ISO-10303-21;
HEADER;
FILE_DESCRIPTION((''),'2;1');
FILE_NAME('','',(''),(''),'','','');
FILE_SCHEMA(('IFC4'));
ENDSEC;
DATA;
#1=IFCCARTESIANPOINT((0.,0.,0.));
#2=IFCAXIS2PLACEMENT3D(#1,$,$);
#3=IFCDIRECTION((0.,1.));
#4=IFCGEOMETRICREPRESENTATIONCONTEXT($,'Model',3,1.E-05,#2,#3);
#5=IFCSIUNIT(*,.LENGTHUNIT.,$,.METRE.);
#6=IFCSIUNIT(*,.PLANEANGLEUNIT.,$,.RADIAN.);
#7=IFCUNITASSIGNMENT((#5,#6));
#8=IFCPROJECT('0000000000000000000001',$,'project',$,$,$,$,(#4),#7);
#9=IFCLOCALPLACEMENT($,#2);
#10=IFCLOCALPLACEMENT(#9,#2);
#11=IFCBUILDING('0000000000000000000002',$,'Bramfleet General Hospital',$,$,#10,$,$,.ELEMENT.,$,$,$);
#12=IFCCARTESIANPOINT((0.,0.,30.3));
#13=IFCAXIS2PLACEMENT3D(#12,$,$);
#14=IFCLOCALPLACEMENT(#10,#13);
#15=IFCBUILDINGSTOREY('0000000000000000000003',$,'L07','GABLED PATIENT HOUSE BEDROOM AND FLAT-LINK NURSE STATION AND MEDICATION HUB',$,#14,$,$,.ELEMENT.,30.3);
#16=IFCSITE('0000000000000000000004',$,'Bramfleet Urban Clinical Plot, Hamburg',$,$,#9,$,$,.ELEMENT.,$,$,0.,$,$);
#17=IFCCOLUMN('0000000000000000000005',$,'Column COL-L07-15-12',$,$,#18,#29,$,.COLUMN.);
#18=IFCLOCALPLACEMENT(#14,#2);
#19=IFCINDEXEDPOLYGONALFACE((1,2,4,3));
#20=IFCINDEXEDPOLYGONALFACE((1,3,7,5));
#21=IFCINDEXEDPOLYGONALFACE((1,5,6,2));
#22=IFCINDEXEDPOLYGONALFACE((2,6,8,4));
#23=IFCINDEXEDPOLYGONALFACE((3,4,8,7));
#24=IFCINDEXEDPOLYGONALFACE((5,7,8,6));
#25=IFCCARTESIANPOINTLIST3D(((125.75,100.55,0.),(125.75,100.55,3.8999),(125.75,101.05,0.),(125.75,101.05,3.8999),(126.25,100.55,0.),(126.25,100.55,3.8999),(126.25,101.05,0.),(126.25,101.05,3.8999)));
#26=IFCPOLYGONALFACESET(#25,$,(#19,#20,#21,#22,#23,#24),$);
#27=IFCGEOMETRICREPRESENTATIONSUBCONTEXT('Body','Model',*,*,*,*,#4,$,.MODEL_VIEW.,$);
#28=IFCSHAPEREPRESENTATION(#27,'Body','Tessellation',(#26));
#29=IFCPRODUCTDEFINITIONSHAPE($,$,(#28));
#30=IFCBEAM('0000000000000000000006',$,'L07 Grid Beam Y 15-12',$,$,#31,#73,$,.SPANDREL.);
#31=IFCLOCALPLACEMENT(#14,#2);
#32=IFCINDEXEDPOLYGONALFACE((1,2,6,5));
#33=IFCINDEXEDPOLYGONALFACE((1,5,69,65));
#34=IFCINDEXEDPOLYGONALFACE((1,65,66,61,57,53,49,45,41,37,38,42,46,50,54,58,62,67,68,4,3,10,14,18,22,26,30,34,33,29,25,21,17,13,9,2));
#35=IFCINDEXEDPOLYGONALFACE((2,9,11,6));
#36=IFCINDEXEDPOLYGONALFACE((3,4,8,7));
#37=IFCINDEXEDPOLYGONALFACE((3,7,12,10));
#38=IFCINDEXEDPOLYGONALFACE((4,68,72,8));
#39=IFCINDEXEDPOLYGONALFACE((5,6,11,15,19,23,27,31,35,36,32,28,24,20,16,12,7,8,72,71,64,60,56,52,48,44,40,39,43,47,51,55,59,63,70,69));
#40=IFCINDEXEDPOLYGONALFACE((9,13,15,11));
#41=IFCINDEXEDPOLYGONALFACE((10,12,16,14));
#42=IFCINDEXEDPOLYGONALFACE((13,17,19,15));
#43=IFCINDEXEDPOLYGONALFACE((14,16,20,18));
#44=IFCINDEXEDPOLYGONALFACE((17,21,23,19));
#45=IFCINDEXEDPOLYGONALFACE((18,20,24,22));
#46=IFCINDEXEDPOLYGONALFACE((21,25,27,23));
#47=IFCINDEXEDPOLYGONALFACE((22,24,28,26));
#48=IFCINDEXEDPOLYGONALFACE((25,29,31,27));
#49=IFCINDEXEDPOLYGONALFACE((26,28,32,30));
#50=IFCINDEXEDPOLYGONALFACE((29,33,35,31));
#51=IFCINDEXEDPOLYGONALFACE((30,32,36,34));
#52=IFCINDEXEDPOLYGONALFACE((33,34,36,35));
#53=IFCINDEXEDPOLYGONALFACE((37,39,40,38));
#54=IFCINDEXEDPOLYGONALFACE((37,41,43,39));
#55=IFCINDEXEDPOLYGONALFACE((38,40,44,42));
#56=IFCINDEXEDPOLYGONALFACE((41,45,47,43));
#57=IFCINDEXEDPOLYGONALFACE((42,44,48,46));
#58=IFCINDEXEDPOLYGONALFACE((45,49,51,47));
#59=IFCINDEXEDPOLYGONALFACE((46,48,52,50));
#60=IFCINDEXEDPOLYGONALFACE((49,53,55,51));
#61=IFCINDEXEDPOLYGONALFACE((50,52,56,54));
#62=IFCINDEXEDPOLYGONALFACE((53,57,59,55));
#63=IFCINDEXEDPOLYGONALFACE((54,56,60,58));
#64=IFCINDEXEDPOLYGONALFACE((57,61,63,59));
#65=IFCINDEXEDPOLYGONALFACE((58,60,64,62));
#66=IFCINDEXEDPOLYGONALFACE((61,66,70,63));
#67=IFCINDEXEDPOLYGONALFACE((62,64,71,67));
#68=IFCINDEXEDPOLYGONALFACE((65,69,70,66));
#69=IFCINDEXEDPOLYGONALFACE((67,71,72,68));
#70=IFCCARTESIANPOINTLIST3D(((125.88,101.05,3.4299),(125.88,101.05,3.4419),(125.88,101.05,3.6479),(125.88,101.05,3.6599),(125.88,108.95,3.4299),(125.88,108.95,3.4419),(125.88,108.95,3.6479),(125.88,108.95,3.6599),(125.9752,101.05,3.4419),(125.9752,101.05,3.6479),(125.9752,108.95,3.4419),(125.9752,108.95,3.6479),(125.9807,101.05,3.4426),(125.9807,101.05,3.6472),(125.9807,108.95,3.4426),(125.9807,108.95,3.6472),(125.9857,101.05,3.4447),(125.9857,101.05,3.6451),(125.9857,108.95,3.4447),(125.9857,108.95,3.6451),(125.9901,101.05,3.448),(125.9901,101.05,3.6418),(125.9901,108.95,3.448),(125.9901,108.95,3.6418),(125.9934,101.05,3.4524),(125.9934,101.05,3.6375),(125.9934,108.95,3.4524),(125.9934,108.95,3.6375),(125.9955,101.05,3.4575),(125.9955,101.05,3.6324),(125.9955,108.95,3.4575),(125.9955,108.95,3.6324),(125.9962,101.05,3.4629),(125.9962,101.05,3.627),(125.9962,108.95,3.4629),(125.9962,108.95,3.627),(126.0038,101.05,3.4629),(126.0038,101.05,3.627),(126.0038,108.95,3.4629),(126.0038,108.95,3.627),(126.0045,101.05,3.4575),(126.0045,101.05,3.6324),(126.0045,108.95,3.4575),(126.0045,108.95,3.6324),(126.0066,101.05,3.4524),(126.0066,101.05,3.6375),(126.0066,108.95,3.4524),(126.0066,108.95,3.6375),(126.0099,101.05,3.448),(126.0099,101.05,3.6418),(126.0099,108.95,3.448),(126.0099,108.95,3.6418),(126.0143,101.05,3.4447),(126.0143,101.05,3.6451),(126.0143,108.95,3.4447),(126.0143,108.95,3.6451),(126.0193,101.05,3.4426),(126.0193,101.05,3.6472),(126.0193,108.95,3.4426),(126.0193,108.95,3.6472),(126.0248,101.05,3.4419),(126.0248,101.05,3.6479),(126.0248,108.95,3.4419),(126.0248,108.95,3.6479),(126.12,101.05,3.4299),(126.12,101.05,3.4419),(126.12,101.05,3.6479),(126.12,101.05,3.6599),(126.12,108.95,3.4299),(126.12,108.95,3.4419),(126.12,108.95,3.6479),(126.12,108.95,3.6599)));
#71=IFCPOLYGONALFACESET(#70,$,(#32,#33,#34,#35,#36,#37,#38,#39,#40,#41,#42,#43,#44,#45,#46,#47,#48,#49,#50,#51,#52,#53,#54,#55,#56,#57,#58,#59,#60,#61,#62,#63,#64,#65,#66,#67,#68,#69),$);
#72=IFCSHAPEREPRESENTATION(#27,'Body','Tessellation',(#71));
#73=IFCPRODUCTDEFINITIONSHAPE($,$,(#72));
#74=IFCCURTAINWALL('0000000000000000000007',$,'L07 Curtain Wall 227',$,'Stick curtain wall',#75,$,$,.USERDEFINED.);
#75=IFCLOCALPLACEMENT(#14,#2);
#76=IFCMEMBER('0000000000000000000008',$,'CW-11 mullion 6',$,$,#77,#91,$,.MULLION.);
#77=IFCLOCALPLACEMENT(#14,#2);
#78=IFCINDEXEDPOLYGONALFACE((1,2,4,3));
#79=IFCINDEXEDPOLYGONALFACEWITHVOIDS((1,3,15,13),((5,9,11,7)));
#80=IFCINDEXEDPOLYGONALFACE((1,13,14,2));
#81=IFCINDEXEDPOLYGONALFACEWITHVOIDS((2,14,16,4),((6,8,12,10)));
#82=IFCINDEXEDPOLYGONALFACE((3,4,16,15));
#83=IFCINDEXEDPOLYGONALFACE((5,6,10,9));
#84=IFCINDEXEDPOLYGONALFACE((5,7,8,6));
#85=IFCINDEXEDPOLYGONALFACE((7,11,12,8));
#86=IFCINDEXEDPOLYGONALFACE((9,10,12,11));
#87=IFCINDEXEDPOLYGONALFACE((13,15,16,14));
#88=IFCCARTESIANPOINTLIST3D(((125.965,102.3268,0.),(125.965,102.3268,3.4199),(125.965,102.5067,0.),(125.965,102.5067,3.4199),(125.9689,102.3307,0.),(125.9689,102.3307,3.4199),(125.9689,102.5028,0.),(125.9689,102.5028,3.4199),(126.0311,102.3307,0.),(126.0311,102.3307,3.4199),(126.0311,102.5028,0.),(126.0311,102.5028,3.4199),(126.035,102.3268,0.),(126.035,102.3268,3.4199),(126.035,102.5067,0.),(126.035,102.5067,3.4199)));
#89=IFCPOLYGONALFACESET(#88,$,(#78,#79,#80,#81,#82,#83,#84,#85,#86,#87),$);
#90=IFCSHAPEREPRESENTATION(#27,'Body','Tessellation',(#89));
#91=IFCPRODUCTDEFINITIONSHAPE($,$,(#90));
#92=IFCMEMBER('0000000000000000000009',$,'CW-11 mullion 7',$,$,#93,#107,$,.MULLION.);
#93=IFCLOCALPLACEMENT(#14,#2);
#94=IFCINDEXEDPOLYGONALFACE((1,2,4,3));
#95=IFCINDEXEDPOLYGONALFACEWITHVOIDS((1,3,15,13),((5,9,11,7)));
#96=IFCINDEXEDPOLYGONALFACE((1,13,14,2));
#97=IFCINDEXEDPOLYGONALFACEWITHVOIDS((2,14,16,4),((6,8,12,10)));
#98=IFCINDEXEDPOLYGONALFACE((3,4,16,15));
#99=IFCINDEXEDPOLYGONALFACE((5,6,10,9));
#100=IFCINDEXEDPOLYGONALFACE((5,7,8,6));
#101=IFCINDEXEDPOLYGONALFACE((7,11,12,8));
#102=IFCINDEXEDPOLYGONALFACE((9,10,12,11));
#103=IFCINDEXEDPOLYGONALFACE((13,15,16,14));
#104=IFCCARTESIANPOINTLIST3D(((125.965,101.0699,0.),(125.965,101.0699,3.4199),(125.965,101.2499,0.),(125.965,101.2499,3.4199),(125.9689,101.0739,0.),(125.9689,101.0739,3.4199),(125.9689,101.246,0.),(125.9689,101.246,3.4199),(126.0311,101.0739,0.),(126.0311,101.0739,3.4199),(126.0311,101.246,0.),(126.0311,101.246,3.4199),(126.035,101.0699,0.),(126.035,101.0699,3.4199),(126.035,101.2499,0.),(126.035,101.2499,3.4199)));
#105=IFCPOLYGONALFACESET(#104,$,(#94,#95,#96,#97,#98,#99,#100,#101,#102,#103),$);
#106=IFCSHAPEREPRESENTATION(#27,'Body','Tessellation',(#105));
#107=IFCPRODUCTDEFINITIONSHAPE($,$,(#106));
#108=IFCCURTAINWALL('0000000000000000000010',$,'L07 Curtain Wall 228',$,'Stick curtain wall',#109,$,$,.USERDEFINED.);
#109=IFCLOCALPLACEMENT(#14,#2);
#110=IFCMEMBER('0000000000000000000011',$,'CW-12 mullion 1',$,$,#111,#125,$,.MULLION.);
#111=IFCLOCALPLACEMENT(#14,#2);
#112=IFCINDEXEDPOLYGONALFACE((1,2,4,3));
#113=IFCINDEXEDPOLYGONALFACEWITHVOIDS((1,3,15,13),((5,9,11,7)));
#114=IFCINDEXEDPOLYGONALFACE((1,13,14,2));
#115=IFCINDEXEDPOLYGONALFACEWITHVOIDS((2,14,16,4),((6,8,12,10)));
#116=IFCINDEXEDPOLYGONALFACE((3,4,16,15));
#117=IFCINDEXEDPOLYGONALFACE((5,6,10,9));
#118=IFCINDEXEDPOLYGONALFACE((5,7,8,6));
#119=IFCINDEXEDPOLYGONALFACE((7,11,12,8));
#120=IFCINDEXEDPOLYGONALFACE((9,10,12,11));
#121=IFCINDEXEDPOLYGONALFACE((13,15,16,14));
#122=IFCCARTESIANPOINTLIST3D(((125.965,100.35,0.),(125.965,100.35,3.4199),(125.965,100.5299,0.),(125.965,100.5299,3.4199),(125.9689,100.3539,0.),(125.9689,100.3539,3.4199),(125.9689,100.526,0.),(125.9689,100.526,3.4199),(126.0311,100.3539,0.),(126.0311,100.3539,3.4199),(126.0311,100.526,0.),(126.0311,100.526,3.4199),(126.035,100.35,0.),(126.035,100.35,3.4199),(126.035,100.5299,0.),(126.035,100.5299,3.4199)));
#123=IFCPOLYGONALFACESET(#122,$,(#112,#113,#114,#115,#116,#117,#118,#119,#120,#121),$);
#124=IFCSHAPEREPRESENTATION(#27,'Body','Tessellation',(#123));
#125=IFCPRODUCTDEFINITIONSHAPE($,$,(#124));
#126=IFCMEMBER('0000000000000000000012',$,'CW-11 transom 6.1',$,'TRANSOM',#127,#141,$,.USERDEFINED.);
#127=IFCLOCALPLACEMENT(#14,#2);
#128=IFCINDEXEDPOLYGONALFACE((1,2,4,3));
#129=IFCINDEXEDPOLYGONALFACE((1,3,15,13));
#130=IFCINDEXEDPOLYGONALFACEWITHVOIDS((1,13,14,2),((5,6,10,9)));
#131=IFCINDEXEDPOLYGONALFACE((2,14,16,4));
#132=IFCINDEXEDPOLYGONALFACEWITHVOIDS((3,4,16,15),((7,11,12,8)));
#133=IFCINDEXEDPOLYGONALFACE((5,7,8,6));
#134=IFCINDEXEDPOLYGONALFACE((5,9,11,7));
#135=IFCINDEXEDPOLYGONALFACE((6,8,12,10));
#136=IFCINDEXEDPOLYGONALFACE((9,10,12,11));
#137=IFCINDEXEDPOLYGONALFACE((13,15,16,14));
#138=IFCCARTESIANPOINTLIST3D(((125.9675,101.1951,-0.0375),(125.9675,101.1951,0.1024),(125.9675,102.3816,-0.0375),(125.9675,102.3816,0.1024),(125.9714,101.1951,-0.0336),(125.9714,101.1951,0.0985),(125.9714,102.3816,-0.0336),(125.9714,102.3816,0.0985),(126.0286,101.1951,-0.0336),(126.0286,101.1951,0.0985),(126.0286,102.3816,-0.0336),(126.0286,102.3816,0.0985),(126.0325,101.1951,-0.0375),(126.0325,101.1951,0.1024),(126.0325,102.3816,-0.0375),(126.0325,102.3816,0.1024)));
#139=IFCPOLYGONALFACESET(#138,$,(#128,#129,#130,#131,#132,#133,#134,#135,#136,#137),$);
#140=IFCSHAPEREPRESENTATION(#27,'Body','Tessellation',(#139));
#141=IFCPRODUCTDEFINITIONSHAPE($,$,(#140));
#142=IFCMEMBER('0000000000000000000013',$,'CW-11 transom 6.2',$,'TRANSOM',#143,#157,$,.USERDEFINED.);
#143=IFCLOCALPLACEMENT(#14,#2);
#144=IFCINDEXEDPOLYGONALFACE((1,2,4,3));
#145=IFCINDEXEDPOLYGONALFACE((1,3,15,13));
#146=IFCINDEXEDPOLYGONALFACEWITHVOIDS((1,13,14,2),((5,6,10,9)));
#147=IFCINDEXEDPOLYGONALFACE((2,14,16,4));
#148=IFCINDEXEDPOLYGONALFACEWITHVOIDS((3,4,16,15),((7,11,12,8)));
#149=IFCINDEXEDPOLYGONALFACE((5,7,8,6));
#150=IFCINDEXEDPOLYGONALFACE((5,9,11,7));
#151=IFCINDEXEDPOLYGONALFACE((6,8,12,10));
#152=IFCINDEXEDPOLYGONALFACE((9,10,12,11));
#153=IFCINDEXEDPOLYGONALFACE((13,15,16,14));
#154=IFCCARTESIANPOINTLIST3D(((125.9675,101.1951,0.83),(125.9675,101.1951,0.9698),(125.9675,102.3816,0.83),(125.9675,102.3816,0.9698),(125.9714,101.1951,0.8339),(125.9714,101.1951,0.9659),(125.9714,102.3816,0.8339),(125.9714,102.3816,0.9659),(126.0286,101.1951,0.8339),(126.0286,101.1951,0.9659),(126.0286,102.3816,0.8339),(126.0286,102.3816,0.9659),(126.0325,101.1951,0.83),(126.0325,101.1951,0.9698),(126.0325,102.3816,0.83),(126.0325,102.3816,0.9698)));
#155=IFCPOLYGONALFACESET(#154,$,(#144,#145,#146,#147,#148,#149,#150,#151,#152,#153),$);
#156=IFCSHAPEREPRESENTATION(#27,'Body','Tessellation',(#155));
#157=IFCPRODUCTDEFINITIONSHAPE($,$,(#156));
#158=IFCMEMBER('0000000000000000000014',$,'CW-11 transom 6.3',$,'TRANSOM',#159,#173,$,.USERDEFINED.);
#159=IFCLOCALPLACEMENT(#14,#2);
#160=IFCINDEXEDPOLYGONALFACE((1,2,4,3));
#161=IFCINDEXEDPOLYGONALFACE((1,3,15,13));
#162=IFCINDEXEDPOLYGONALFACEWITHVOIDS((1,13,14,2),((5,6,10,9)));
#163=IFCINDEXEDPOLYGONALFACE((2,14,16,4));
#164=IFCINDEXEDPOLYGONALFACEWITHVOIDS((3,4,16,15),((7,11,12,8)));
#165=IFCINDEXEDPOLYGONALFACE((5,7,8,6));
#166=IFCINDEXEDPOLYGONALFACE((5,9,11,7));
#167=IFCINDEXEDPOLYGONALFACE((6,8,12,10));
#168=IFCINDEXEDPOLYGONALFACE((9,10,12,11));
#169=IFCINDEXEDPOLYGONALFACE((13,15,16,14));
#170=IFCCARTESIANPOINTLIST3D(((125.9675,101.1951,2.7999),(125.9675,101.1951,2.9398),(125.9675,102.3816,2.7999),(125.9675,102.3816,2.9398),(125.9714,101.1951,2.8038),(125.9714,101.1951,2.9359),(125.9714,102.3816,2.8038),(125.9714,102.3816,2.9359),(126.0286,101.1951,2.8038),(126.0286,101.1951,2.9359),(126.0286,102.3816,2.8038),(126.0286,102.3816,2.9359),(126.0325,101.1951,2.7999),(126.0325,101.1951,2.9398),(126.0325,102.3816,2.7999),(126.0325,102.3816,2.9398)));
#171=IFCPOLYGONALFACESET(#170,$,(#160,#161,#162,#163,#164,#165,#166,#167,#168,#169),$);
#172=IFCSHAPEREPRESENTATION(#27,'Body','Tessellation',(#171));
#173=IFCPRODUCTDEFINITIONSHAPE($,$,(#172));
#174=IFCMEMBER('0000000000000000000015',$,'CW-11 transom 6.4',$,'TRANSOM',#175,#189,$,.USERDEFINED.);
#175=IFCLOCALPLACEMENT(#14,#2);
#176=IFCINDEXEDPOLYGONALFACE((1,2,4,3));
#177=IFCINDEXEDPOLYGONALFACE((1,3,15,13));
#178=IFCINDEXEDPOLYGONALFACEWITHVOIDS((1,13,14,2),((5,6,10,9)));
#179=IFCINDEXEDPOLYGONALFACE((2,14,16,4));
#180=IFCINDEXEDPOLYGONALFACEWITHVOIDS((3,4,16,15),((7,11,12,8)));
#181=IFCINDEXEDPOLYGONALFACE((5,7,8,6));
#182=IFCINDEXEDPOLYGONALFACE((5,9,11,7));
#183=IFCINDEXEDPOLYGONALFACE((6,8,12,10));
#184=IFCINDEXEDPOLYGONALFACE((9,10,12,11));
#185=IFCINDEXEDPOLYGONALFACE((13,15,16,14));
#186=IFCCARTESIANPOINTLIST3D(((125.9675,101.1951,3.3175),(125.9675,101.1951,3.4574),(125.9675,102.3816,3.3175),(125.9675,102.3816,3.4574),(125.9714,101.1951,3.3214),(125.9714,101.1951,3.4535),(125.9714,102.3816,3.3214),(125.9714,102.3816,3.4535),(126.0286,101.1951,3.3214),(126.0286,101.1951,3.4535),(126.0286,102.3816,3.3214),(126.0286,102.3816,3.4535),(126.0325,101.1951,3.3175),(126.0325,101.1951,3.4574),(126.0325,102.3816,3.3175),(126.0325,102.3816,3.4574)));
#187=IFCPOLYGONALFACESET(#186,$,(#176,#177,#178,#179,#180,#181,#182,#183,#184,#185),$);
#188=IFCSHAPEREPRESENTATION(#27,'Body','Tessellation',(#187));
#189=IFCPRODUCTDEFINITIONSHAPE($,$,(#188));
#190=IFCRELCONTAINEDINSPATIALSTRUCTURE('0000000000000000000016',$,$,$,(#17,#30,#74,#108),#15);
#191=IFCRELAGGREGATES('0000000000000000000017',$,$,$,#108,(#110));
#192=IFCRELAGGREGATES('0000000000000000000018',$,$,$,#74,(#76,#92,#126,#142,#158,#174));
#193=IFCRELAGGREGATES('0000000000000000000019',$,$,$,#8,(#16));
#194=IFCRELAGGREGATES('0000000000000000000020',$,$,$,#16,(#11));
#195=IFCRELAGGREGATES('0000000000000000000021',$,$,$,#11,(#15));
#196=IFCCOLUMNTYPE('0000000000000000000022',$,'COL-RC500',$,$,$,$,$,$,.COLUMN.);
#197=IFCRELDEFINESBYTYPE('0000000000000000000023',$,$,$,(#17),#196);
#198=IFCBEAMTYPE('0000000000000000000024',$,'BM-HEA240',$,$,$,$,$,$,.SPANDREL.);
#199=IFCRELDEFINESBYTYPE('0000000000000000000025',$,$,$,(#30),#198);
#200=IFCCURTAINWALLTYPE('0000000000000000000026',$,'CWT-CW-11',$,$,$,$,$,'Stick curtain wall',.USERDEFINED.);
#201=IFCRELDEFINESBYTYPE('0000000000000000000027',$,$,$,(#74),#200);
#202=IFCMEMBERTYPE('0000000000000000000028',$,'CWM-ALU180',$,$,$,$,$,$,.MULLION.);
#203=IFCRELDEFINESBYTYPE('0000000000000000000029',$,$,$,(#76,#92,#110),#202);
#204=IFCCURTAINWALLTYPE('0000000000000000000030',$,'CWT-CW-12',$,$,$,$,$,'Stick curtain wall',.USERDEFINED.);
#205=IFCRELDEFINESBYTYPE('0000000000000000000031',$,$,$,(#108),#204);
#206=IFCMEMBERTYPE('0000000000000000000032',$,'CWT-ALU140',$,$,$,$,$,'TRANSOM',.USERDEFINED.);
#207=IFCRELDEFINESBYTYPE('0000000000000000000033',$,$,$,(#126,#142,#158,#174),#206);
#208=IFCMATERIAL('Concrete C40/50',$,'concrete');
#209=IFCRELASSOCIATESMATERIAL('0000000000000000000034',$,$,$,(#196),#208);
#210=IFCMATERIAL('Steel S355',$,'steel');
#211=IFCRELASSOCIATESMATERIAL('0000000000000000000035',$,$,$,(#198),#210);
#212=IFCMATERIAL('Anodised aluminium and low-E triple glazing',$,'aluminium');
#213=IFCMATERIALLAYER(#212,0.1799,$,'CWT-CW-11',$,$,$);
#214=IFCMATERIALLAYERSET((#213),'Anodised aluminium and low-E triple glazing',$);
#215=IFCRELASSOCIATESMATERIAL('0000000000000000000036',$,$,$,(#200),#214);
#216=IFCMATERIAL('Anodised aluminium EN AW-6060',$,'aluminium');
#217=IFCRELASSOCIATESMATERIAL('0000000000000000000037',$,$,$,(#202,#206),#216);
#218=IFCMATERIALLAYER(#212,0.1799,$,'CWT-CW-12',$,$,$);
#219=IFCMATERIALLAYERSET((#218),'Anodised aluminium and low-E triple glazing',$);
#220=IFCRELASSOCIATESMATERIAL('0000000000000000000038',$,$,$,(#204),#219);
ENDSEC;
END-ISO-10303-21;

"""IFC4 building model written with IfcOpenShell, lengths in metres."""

from ifc_helpers import new_model, si_unit, direction, frame, origin, origin_2d, place, context, subcontext, project, spatial, rectangle, hollow_rectangle, i_section, extrude, material, layer, layer_set, material_profile, profile_set, type_object, element, aggregate, save


model = new_model("IFC4")

# Units and contexts
model_context = context("Model", 3, precision=1e-05, world=origin(), true_north=direction((0.0, 1.0)))
body_context = subcontext(model_context, "Body", "Model", "MODEL_VIEW")
ifc_project = project(units=[si_unit("LENGTHUNIT", "METRE"), si_unit("PLANEANGLEUNIT", "RADIAN")], contexts=[model_context])

# Site, building, storey
site_placement = place(None, origin())
site = spatial("IfcSite", under=ifc_project, at=site_placement, Name="Bramfleet Urban Clinical Plot, Hamburg", CompositionType="ELEMENT", RefElevation=0.0)
building_placement = place(site_placement, origin())
building = spatial("IfcBuilding", under=site, at=building_placement, Name="Bramfleet General Hospital", CompositionType="ELEMENT")
storey_placement = place(building_placement, frame((0.0, 0.0, 30.3)))
storey = spatial("IfcBuildingStorey", under=building, at=storey_placement, Name="L07", Description="GABLED PATIENT HOUSE BEDROOM AND FLAT-LINK NURSE STATION AND MEDICATION HUB", CompositionType="ELEMENT", Elevation=30.3)

# Column
ifc_material_1 = material(Name="Concrete C40/50", Category="concrete")
ifc_material_profile_1 = material_profile(ifc_material_1, rectangle(XDim=0.5, YDim=0.5, at=origin_2d()), Name="RC COL 500x500")
ifc_profile_set_1 = profile_set([ifc_material_profile_1], Name="Concrete C40/50")
column_type = type_object("IfcColumnType", Name="COL-RC500", PredefinedType="COLUMN", material=ifc_profile_set_1)
column_placement = place(storey_placement, frame((126.0, 100.8, 0.0), z_axis=(0.0, 0.0, 1.0), x_axis=(1.0, 0.0, 0.0)))
element("IfcColumn", 1, at=column_placement, inside=storey, type_object=column_type, Name="Column COL-L07-15-12", PredefinedType="COLUMN", context=body_context, shape_type="SweptSolid", body=[
    extrude(rectangle(XDim=0.5, YDim=0.5, at=origin_2d()), origin(), (0.0, 0.0, 1.0), 3.8999),
])

# Beam
ifc_material_2 = material(Name="Steel S355", Category="steel")
ifc_material_profile_2 = material_profile(ifc_material_2, i_section(OverallWidth=0.24, OverallDepth=0.23, WebThickness=0.0076, FlangeThickness=0.012, FilletRadius=0.021, at=origin_2d()), Name="HEA 240")
ifc_profile_set_2 = profile_set([ifc_material_profile_2], Name="Steel S355")
beam_type = type_object("IfcBeamType", Name="BM-HEA240", PredefinedType="SPANDREL", material=ifc_profile_set_2)
beam_placement = place(storey_placement, frame((126.0, 101.05, 3.5449), z_axis=(0.0, 1.0, 0.0), x_axis=(-1.0, 0.0, 0.0)))
element("IfcBeam", 2, at=beam_placement, inside=storey, type_object=beam_type, Name="L07 Grid Beam Y 15-12", PredefinedType="SPANDREL", context=body_context, shape_type="SweptSolid", body=[
    extrude(i_section(OverallWidth=0.24, OverallDepth=0.23, WebThickness=0.0076, FlangeThickness=0.012, FilletRadius=0.021, at=origin_2d()), origin(), (0.0, 0.0, 1.0), 7.8999),
])

# Curtain wall, members
ifc_material_3 = material(Name="Anodised aluminium and low-E triple glazing", Category="aluminium")
ifc_layer_1 = layer(ifc_material_3, 0.1799, Name="CWT-CW-11")
ifc_layer_set_1 = layer_set([ifc_layer_1], Name="Anodised aluminium and low-E triple glazing")
curtain_wall_type_1 = type_object("IfcCurtainWallType", Name="CWT-CW-11", ElementType="Stick curtain wall", PredefinedType="USERDEFINED", material=ifc_layer_set_1)
curtain_wall_1_placement = place(storey_placement, origin())
curtain_wall_1 = element("IfcCurtainWall", 3, at=curtain_wall_1_placement, inside=storey, type_object=curtain_wall_type_1, Name="L07 Curtain Wall 227", ObjectType="Stick curtain wall", PredefinedType="USERDEFINED")
ifc_material_4 = material(Name="Anodised aluminium EN AW-6060", Category="aluminium")
ifc_material_profile_3 = material_profile(ifc_material_4, hollow_rectangle(XDim=0.0701, YDim=0.1799, WallThickness=0.0039, at=origin_2d()), Name="ALU 180x70x4.0")
ifc_profile_set_3 = profile_set([ifc_material_profile_3], Name="Anodised aluminium EN AW-6060")
member_type_1 = type_object("IfcMemberType", Name="CWM-ALU180", PredefinedType="MULLION", material=ifc_profile_set_3)
member_1_placement = place(storey_placement, frame((126.0, 102.4167, 0.0), z_axis=(0.0, 0.0, 1.0), x_axis=(1.0, 0.0, 0.0)))
member_1 = element("IfcMember", 4, at=member_1_placement, type_object=member_type_1, Name="CW-11 mullion 6", PredefinedType="MULLION", context=body_context, shape_type="SweptSolid", body=[
    extrude(hollow_rectangle(XDim=0.0701, YDim=0.1799, WallThickness=0.0039, at=origin_2d()), origin(), (0.0, 0.0, 1.0), 3.4199),
])
member_2_placement = place(storey_placement, frame((126.0, 101.1599, 0.0), z_axis=(0.0, 0.0, 1.0), x_axis=(1.0, 0.0, 0.0)))
member_2 = element("IfcMember", 5, at=member_2_placement, type_object=member_type_1, Name="CW-11 mullion 7", PredefinedType="MULLION", context=body_context, shape_type="SweptSolid", body=[
    extrude(hollow_rectangle(XDim=0.0701, YDim=0.1799, WallThickness=0.0039, at=origin_2d()), origin(), (0.0, 0.0, 1.0), 3.4199),
])

# Curtain wall, member
ifc_layer_2 = layer(ifc_material_3, 0.1799, Name="CWT-CW-12")
ifc_layer_set_2 = layer_set([ifc_layer_2], Name="Anodised aluminium and low-E triple glazing")
curtain_wall_type_2 = type_object("IfcCurtainWallType", Name="CWT-CW-12", ElementType="Stick curtain wall", PredefinedType="USERDEFINED", material=ifc_layer_set_2)
curtain_wall_2_placement = place(storey_placement, origin())
curtain_wall_2 = element("IfcCurtainWall", 6, at=curtain_wall_2_placement, inside=storey, type_object=curtain_wall_type_2, Name="L07 Curtain Wall 228", ObjectType="Stick curtain wall", PredefinedType="USERDEFINED")
member_3_placement = place(storey_placement, frame((126.0, 100.4399, 0.0), z_axis=(0.0, 0.0, 1.0), x_axis=(1.0, 0.0, 0.0)))
member_3 = element("IfcMember", 7, at=member_3_placement, type_object=member_type_1, Name="CW-12 mullion 1", PredefinedType="MULLION", context=body_context, shape_type="SweptSolid", body=[
    extrude(hollow_rectangle(XDim=0.0701, YDim=0.1799, WallThickness=0.0039, at=origin_2d()), origin(), (0.0, 0.0, 1.0), 3.4199),
])

# Members
ifc_material_profile_4 = material_profile(ifc_material_4, hollow_rectangle(XDim=0.0649, YDim=0.1399, WallThickness=0.0039, at=origin_2d()), Name="ALU 140x65x4.0")
ifc_profile_set_4 = profile_set([ifc_material_profile_4], Name="Anodised aluminium EN AW-6060")
member_type_2 = type_object("IfcMemberType", Name="CWT-ALU140", ElementType="TRANSOM", PredefinedType="USERDEFINED", material=ifc_profile_set_4)
member_4_placement = place(storey_placement, frame((126.0, 102.3816, 0.0325), z_axis=(0.0, -1.0, 0.0), x_axis=(1.0, 0.0, 0.0)))
member_4 = element("IfcMember", 8, at=member_4_placement, type_object=member_type_2, Name="CW-11 transom 6.1", ObjectType="TRANSOM", PredefinedType="USERDEFINED", context=body_context, shape_type="SweptSolid", body=[
    extrude(hollow_rectangle(XDim=0.0649, YDim=0.1399, WallThickness=0.0039, at=origin_2d()), origin(), (0.0, 0.0, 1.0), 1.1865),
])
member_5_placement = place(storey_placement, frame((126.0, 102.3816, 0.8999), z_axis=(0.0, -1.0, 0.0), x_axis=(1.0, 0.0, 0.0)))
member_5 = element("IfcMember", 9, at=member_5_placement, type_object=member_type_2, Name="CW-11 transom 6.2", ObjectType="TRANSOM", PredefinedType="USERDEFINED", context=body_context, shape_type="SweptSolid", body=[
    extrude(hollow_rectangle(XDim=0.0649, YDim=0.1399, WallThickness=0.0039, at=origin_2d()), origin(), (0.0, 0.0, 1.0), 1.1865),
])
member_6_placement = place(storey_placement, frame((126.0, 102.3816, 2.8699), z_axis=(0.0, -1.0, 0.0), x_axis=(1.0, 0.0, 0.0)))
member_6 = element("IfcMember", 10, at=member_6_placement, type_object=member_type_2, Name="CW-11 transom 6.3", ObjectType="TRANSOM", PredefinedType="USERDEFINED", context=body_context, shape_type="SweptSolid", body=[
    extrude(hollow_rectangle(XDim=0.0649, YDim=0.1399, WallThickness=0.0039, at=origin_2d()), origin(), (0.0, 0.0, 1.0), 1.1865),
])
member_7_placement = place(storey_placement, frame((126.0, 102.3816, 3.3875), z_axis=(0.0, -1.0, 0.0), x_axis=(1.0, 0.0, 0.0)))
member_7 = element("IfcMember", 11, at=member_7_placement, type_object=member_type_2, Name="CW-11 transom 6.4", ObjectType="TRANSOM", PredefinedType="USERDEFINED", context=body_context, shape_type="SweptSolid", body=[
    extrude(hollow_rectangle(XDim=0.0649, YDim=0.1399, WallThickness=0.0039, at=origin_2d()), origin(), (0.0, 0.0, 1.0), 1.1865),
])
aggregate(curtain_wall_2, [member_3])

aggregate(curtain_wall_1, [member_1, member_2, member_4, member_5, member_6, member_7])

save(model, "model.ifc")
